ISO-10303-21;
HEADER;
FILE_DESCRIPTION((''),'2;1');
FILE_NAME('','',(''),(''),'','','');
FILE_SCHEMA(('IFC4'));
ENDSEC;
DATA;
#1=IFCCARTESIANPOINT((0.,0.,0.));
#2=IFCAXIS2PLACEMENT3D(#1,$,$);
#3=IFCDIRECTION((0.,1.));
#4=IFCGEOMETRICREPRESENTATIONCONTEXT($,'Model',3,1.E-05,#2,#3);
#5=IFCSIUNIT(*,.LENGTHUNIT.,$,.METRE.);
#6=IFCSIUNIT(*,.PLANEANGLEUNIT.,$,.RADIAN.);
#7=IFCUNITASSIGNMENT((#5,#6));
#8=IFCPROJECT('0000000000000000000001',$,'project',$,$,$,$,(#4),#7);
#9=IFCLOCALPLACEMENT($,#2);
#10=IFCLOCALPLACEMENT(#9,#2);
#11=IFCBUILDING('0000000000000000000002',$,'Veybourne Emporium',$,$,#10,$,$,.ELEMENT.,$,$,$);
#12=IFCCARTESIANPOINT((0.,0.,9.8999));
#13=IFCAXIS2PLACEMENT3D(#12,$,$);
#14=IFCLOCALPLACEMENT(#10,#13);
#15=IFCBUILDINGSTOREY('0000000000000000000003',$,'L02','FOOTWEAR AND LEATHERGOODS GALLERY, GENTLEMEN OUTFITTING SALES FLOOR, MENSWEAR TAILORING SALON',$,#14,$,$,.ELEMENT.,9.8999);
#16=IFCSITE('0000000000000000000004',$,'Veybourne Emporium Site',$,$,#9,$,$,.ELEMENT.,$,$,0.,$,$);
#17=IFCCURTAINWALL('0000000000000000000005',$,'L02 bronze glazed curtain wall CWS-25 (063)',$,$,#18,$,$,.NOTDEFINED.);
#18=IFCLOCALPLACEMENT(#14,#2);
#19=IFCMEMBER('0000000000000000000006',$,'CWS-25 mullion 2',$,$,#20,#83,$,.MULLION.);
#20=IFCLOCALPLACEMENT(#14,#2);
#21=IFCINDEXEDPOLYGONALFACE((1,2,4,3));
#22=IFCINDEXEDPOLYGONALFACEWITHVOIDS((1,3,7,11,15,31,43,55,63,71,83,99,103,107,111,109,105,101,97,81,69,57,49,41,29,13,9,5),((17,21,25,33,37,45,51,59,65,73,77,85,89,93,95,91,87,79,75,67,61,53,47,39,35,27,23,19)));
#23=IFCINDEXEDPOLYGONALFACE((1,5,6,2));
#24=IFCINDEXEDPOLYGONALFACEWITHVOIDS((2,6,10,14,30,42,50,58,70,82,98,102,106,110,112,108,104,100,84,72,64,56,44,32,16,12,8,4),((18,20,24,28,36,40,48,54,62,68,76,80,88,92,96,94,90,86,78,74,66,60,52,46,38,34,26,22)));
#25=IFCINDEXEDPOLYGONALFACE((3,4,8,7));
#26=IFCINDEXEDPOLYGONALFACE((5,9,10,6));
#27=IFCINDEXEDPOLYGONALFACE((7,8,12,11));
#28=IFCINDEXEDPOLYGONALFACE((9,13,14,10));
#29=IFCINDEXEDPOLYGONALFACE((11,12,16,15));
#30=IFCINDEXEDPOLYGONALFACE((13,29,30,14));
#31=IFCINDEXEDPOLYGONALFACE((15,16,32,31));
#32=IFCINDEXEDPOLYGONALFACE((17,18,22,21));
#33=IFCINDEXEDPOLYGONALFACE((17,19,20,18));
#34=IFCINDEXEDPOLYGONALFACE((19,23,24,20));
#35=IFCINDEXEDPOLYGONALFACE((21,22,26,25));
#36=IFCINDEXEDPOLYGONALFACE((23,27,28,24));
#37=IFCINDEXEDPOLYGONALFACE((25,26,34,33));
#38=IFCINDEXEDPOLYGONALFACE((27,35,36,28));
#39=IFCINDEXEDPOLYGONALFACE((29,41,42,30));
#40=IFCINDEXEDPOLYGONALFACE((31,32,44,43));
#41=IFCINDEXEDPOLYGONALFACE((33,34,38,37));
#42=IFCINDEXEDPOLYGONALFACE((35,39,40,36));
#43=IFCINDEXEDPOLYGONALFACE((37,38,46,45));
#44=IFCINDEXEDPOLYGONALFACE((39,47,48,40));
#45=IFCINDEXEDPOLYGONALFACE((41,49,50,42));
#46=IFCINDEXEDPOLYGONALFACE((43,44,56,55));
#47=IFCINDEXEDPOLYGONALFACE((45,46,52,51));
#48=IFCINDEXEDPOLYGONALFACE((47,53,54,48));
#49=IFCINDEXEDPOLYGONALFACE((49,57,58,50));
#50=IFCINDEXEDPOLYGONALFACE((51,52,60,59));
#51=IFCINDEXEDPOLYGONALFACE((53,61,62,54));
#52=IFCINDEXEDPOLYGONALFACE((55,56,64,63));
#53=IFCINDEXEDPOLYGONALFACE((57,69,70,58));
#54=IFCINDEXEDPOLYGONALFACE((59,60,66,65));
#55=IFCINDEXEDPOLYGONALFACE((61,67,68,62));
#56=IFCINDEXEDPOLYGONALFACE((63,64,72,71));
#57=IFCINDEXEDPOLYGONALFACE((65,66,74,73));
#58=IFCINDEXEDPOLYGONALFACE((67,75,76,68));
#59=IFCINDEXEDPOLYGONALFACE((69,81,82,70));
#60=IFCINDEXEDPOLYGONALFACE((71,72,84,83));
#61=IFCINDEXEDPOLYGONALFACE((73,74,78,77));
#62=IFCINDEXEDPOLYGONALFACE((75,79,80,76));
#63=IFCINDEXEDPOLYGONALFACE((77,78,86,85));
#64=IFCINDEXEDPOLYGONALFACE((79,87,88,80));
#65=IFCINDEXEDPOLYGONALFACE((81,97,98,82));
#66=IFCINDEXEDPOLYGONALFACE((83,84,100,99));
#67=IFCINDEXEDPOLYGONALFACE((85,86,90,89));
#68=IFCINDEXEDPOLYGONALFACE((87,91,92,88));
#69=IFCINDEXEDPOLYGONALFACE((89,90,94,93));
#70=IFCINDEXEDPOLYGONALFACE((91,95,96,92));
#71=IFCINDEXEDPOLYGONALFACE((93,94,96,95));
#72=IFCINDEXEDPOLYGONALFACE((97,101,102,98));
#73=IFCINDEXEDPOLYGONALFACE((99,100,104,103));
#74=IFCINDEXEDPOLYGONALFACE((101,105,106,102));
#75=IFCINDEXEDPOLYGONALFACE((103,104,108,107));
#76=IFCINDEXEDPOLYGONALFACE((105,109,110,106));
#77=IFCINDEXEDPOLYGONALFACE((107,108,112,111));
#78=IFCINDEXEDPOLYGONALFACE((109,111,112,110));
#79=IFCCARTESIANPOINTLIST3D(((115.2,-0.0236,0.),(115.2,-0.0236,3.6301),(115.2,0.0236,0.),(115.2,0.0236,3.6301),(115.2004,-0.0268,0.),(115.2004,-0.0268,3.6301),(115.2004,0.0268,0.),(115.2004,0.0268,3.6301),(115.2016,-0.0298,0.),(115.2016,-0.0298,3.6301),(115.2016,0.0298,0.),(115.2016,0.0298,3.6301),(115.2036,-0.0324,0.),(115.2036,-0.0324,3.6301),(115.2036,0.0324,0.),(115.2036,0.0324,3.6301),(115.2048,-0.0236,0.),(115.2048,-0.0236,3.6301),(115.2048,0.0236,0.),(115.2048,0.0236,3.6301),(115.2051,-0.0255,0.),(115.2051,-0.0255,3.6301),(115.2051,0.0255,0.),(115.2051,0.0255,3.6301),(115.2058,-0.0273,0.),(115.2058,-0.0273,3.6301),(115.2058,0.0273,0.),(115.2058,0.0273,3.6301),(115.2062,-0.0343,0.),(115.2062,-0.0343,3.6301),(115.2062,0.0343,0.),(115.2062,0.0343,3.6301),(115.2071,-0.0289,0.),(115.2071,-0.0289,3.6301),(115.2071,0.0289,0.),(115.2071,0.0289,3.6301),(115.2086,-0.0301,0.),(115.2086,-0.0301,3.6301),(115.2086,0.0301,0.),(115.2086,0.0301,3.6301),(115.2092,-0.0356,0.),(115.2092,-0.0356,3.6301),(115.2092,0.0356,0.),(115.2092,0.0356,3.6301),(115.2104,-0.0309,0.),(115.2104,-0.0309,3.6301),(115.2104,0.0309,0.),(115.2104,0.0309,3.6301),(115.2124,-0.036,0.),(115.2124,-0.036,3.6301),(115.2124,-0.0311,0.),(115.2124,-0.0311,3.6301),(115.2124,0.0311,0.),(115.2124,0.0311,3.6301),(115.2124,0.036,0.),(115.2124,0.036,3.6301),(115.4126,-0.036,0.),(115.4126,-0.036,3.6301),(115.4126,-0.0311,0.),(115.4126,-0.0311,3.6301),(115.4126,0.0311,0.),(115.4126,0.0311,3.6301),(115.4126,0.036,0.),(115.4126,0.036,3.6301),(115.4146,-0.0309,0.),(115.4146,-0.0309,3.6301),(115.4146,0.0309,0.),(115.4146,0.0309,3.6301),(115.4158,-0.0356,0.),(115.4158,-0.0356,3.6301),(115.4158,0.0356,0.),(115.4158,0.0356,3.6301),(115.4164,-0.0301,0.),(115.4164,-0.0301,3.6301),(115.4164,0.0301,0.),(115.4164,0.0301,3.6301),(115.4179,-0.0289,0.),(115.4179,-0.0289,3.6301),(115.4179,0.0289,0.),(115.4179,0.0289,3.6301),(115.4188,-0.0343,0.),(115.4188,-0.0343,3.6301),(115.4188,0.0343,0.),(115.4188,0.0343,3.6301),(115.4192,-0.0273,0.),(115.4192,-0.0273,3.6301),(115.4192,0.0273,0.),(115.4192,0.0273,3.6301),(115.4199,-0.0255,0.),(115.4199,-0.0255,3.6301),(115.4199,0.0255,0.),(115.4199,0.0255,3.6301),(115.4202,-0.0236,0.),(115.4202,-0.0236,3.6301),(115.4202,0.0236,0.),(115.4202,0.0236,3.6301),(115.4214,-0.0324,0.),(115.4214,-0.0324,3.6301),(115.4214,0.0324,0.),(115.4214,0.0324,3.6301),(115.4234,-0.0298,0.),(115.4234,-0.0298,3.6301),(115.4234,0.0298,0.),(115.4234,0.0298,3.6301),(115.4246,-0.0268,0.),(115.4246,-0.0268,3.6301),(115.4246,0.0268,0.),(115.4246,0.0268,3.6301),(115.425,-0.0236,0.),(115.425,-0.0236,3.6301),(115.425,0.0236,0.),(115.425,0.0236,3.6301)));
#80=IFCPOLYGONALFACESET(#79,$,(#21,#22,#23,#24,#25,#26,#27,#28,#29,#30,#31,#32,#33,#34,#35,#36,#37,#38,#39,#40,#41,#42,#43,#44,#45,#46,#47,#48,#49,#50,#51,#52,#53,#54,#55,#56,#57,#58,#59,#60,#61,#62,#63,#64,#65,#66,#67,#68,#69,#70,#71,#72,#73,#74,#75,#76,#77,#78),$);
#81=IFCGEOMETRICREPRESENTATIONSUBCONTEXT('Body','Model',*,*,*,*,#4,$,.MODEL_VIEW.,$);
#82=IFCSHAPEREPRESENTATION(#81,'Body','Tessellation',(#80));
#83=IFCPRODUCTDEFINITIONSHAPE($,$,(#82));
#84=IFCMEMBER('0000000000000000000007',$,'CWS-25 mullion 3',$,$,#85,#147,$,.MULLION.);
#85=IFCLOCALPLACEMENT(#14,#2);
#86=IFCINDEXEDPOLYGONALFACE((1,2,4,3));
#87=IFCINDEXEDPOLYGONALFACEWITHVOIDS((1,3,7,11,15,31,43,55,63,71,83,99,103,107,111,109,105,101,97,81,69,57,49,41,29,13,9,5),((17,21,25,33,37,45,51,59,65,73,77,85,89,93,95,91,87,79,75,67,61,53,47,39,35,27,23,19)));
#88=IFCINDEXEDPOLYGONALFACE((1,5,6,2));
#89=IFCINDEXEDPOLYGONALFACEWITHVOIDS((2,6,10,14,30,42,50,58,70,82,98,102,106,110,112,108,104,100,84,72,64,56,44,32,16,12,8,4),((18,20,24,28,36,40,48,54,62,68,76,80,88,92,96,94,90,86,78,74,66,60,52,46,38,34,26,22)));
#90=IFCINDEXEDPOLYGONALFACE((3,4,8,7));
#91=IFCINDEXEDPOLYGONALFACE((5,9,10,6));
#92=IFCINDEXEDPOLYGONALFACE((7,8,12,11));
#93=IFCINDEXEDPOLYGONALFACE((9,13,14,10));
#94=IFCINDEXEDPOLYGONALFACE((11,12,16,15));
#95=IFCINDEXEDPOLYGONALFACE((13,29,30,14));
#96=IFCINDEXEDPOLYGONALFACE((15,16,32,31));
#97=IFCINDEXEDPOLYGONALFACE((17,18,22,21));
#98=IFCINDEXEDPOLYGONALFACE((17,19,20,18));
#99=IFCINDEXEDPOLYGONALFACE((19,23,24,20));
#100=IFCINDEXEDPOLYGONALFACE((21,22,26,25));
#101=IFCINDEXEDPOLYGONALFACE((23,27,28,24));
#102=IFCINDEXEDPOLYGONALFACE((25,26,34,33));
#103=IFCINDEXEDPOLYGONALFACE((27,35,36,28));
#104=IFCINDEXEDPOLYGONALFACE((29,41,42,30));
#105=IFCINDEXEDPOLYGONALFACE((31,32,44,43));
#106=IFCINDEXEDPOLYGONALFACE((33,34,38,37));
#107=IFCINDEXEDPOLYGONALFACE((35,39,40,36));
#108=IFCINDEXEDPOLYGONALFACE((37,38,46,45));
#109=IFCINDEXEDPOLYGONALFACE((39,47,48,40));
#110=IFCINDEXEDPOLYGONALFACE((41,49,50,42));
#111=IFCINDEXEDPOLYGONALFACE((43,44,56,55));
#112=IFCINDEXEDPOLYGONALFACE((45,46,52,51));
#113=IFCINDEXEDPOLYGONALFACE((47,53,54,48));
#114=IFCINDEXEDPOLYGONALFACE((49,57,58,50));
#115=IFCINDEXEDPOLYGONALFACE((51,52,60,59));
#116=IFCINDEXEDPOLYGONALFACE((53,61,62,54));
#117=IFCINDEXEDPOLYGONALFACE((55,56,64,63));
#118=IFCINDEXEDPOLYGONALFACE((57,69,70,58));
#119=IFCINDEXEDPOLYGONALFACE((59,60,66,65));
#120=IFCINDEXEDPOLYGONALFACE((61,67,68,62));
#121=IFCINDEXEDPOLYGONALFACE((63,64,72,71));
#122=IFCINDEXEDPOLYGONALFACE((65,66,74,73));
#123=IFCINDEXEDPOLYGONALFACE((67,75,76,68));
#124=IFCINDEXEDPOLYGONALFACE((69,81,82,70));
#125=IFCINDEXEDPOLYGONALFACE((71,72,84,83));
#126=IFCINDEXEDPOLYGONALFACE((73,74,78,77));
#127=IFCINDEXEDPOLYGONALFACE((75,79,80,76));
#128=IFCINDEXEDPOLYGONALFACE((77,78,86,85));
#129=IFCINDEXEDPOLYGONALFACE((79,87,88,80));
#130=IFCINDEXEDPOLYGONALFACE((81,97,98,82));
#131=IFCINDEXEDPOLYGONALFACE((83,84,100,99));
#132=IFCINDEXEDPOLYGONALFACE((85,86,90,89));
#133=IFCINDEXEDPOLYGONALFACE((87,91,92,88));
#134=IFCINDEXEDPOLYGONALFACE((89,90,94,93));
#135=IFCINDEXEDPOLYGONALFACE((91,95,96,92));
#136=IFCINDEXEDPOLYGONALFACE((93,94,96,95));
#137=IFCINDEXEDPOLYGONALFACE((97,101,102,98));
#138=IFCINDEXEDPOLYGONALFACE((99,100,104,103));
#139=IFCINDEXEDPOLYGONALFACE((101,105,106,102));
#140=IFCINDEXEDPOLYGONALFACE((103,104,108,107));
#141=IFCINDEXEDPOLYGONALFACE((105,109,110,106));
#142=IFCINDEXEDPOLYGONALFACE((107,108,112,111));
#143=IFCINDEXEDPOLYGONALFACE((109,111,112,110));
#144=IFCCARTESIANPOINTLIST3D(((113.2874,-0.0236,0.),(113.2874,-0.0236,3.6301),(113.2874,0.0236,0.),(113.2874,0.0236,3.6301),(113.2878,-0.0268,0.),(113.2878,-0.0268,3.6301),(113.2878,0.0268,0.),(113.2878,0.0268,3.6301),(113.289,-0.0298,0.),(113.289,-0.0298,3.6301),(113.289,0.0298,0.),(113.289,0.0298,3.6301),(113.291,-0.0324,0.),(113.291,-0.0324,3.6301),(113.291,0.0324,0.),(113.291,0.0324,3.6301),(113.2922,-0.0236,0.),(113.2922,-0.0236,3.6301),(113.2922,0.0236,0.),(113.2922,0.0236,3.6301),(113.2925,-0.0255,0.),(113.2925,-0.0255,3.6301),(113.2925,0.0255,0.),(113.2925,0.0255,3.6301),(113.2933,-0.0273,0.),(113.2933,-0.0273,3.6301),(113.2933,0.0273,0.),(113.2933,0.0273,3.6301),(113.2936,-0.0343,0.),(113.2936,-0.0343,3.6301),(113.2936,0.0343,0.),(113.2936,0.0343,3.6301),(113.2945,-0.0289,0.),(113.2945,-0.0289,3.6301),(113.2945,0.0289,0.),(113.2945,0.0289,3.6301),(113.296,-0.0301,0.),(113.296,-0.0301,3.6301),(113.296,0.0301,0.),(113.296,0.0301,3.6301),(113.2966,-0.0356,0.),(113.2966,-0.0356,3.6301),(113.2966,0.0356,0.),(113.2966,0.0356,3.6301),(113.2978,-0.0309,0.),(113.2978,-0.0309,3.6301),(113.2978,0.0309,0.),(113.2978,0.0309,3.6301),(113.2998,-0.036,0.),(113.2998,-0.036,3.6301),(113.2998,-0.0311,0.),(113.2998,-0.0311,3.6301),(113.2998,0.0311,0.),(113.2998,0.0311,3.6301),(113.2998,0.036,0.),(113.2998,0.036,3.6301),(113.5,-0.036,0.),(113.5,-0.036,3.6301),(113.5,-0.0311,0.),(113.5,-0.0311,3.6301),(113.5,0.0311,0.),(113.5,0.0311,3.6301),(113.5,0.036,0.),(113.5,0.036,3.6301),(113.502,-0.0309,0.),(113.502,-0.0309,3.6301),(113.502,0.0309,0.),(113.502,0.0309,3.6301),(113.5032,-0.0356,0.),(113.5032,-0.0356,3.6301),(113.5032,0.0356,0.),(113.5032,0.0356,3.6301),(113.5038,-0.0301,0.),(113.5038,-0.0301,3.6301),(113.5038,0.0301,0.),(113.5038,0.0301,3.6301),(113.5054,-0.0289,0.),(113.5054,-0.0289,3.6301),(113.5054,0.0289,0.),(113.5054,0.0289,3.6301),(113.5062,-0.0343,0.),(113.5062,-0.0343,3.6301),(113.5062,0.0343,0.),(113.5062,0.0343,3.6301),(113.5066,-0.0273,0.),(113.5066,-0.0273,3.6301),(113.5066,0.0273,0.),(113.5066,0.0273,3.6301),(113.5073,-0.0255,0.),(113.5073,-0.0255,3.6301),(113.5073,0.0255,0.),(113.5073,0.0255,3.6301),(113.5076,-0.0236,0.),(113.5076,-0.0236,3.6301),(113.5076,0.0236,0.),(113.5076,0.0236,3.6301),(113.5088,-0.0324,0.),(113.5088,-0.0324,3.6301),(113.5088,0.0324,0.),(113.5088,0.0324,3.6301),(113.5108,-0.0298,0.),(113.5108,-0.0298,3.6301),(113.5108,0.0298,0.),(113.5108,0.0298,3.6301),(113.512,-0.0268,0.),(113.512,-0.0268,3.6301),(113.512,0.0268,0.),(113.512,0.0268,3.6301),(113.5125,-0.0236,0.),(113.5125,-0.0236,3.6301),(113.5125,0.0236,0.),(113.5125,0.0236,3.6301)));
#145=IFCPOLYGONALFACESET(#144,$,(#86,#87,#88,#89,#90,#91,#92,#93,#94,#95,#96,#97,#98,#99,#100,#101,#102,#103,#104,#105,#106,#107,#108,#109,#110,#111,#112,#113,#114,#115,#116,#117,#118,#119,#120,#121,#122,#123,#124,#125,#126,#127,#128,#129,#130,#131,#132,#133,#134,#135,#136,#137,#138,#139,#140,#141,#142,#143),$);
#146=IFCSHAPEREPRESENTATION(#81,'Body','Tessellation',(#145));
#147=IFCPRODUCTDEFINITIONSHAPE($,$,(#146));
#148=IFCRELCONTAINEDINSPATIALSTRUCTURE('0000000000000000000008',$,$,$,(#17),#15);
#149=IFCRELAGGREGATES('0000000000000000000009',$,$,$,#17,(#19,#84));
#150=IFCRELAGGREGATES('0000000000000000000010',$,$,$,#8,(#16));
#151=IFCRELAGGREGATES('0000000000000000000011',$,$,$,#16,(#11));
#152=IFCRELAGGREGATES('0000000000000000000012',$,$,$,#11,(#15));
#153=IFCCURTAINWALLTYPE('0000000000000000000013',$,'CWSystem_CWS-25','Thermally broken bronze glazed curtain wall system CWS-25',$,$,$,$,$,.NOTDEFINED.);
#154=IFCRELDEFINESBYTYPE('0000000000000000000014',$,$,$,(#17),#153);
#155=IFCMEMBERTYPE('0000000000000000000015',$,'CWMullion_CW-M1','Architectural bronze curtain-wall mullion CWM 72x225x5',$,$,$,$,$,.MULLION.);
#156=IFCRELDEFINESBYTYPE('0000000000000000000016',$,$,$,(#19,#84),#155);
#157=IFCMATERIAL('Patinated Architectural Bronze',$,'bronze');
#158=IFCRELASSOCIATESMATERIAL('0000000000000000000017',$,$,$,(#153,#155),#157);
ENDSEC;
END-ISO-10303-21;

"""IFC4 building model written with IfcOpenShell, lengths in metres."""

from ifc_helpers import new_model, si_unit, direction, frame, origin, origin_2d, place, context, subcontext, project, spatial, hollow_rectangle, extrude, material, material_profile, profile_set, type_object, element, aggregate, save


model = new_model("IFC4")

# Units and contexts
model_context = context("Model", 3, precision=1e-05, world=origin(), true_north=direction((0.0, 1.0)))
body_context = subcontext(model_context, "Body", "Model", "MODEL_VIEW")
ifc_project = project(units=[si_unit("LENGTHUNIT", "METRE"), si_unit("PLANEANGLEUNIT", "RADIAN")], contexts=[model_context])

# Site, building, storey
site_placement = place(None, origin())
site = spatial("IfcSite", under=ifc_project, at=site_placement, Name="Veybourne Emporium Site", CompositionType="ELEMENT", RefElevation=0.0)
building_placement = place(site_placement, origin())
building = spatial("IfcBuilding", under=site, at=building_placement, Name="Veybourne Emporium", CompositionType="ELEMENT")
storey_placement = place(building_placement, frame((0.0, 0.0, 9.8999)))
storey = spatial("IfcBuildingStorey", under=building, at=storey_placement, Name="L02", Description="FOOTWEAR AND LEATHERGOODS GALLERY, GENTLEMEN OUTFITTING SALES FLOOR, MENSWEAR TAILORING SALON", CompositionType="ELEMENT", Elevation=9.8999)

# Curtain wall, members
ifc_material_1 = material(Name="Patinated Architectural Bronze", Category="bronze")
curtain_wall_type = type_object("IfcCurtainWallType", Name="CWSystem_CWS-25", Description="Thermally broken bronze glazed curtain wall system CWS-25", PredefinedType="NOTDEFINED", material=ifc_material_1)
curtain_wall_placement = place(storey_placement, origin())
curtain_wall = element("IfcCurtainWall", 1, at=curtain_wall_placement, inside=storey, type_object=curtain_wall_type, Name="L02 bronze glazed curtain wall CWS-25 (063)", PredefinedType="NOTDEFINED")
ifc_material_profile_1 = material_profile(ifc_material_1, hollow_rectangle(XDim=0.072, YDim=0.2251, WallThickness=0.0049, InnerFilletRadius=0.0076, OuterFilletRadius=0.0125, at=origin_2d()), Name="CWM 72x225x5")
ifc_profile_set_1 = profile_set([ifc_material_profile_1], Name="Patinated Architectural Bronze")
member_type_1 = type_object("IfcMemberType", Name="CWMullion_CW-M1", Description="Architectural bronze curtain-wall mullion CWM 72x225x5", PredefinedType="MULLION", material=ifc_profile_set_1)
member_1_placement = place(storey_placement, frame((115.3125, 0.0, 0.0), z_axis=(0.0, 0.0, 1.0), x_axis=(0.0, -1.0, 0.0)))
member_1 = element("IfcMember", 2, at=member_1_placement, type_object=member_type_1, Name="CWS-25 mullion 2", PredefinedType="MULLION", context=body_context, shape_type="SweptSolid", body=[
    extrude(hollow_rectangle(XDim=0.072, YDim=0.2251, WallThickness=0.0049, InnerFilletRadius=0.0076, OuterFilletRadius=0.0125, at=origin_2d()), origin(), (0.0, 0.0, 1.0), 3.6301),
])
member_2_placement = place(storey_placement, frame((113.3999, 0.0, 0.0), z_axis=(0.0, 0.0, 1.0), x_axis=(0.0, -1.0, 0.0)))
member_2 = element("IfcMember", 3, at=member_2_placement, type_object=member_type_1, Name="CWS-25 mullion 3", PredefinedType="MULLION", context=body_context, shape_type="SweptSolid", body=[
    extrude(hollow_rectangle(XDim=0.072, YDim=0.2251, WallThickness=0.0049, InnerFilletRadius=0.0076, OuterFilletRadius=0.0125, at=origin_2d()), origin(), (0.0, 0.0, 1.0), 3.6301),
])

aggregate(curtain_wall, [member_1, member_2])

save(model, "model.ifc")
